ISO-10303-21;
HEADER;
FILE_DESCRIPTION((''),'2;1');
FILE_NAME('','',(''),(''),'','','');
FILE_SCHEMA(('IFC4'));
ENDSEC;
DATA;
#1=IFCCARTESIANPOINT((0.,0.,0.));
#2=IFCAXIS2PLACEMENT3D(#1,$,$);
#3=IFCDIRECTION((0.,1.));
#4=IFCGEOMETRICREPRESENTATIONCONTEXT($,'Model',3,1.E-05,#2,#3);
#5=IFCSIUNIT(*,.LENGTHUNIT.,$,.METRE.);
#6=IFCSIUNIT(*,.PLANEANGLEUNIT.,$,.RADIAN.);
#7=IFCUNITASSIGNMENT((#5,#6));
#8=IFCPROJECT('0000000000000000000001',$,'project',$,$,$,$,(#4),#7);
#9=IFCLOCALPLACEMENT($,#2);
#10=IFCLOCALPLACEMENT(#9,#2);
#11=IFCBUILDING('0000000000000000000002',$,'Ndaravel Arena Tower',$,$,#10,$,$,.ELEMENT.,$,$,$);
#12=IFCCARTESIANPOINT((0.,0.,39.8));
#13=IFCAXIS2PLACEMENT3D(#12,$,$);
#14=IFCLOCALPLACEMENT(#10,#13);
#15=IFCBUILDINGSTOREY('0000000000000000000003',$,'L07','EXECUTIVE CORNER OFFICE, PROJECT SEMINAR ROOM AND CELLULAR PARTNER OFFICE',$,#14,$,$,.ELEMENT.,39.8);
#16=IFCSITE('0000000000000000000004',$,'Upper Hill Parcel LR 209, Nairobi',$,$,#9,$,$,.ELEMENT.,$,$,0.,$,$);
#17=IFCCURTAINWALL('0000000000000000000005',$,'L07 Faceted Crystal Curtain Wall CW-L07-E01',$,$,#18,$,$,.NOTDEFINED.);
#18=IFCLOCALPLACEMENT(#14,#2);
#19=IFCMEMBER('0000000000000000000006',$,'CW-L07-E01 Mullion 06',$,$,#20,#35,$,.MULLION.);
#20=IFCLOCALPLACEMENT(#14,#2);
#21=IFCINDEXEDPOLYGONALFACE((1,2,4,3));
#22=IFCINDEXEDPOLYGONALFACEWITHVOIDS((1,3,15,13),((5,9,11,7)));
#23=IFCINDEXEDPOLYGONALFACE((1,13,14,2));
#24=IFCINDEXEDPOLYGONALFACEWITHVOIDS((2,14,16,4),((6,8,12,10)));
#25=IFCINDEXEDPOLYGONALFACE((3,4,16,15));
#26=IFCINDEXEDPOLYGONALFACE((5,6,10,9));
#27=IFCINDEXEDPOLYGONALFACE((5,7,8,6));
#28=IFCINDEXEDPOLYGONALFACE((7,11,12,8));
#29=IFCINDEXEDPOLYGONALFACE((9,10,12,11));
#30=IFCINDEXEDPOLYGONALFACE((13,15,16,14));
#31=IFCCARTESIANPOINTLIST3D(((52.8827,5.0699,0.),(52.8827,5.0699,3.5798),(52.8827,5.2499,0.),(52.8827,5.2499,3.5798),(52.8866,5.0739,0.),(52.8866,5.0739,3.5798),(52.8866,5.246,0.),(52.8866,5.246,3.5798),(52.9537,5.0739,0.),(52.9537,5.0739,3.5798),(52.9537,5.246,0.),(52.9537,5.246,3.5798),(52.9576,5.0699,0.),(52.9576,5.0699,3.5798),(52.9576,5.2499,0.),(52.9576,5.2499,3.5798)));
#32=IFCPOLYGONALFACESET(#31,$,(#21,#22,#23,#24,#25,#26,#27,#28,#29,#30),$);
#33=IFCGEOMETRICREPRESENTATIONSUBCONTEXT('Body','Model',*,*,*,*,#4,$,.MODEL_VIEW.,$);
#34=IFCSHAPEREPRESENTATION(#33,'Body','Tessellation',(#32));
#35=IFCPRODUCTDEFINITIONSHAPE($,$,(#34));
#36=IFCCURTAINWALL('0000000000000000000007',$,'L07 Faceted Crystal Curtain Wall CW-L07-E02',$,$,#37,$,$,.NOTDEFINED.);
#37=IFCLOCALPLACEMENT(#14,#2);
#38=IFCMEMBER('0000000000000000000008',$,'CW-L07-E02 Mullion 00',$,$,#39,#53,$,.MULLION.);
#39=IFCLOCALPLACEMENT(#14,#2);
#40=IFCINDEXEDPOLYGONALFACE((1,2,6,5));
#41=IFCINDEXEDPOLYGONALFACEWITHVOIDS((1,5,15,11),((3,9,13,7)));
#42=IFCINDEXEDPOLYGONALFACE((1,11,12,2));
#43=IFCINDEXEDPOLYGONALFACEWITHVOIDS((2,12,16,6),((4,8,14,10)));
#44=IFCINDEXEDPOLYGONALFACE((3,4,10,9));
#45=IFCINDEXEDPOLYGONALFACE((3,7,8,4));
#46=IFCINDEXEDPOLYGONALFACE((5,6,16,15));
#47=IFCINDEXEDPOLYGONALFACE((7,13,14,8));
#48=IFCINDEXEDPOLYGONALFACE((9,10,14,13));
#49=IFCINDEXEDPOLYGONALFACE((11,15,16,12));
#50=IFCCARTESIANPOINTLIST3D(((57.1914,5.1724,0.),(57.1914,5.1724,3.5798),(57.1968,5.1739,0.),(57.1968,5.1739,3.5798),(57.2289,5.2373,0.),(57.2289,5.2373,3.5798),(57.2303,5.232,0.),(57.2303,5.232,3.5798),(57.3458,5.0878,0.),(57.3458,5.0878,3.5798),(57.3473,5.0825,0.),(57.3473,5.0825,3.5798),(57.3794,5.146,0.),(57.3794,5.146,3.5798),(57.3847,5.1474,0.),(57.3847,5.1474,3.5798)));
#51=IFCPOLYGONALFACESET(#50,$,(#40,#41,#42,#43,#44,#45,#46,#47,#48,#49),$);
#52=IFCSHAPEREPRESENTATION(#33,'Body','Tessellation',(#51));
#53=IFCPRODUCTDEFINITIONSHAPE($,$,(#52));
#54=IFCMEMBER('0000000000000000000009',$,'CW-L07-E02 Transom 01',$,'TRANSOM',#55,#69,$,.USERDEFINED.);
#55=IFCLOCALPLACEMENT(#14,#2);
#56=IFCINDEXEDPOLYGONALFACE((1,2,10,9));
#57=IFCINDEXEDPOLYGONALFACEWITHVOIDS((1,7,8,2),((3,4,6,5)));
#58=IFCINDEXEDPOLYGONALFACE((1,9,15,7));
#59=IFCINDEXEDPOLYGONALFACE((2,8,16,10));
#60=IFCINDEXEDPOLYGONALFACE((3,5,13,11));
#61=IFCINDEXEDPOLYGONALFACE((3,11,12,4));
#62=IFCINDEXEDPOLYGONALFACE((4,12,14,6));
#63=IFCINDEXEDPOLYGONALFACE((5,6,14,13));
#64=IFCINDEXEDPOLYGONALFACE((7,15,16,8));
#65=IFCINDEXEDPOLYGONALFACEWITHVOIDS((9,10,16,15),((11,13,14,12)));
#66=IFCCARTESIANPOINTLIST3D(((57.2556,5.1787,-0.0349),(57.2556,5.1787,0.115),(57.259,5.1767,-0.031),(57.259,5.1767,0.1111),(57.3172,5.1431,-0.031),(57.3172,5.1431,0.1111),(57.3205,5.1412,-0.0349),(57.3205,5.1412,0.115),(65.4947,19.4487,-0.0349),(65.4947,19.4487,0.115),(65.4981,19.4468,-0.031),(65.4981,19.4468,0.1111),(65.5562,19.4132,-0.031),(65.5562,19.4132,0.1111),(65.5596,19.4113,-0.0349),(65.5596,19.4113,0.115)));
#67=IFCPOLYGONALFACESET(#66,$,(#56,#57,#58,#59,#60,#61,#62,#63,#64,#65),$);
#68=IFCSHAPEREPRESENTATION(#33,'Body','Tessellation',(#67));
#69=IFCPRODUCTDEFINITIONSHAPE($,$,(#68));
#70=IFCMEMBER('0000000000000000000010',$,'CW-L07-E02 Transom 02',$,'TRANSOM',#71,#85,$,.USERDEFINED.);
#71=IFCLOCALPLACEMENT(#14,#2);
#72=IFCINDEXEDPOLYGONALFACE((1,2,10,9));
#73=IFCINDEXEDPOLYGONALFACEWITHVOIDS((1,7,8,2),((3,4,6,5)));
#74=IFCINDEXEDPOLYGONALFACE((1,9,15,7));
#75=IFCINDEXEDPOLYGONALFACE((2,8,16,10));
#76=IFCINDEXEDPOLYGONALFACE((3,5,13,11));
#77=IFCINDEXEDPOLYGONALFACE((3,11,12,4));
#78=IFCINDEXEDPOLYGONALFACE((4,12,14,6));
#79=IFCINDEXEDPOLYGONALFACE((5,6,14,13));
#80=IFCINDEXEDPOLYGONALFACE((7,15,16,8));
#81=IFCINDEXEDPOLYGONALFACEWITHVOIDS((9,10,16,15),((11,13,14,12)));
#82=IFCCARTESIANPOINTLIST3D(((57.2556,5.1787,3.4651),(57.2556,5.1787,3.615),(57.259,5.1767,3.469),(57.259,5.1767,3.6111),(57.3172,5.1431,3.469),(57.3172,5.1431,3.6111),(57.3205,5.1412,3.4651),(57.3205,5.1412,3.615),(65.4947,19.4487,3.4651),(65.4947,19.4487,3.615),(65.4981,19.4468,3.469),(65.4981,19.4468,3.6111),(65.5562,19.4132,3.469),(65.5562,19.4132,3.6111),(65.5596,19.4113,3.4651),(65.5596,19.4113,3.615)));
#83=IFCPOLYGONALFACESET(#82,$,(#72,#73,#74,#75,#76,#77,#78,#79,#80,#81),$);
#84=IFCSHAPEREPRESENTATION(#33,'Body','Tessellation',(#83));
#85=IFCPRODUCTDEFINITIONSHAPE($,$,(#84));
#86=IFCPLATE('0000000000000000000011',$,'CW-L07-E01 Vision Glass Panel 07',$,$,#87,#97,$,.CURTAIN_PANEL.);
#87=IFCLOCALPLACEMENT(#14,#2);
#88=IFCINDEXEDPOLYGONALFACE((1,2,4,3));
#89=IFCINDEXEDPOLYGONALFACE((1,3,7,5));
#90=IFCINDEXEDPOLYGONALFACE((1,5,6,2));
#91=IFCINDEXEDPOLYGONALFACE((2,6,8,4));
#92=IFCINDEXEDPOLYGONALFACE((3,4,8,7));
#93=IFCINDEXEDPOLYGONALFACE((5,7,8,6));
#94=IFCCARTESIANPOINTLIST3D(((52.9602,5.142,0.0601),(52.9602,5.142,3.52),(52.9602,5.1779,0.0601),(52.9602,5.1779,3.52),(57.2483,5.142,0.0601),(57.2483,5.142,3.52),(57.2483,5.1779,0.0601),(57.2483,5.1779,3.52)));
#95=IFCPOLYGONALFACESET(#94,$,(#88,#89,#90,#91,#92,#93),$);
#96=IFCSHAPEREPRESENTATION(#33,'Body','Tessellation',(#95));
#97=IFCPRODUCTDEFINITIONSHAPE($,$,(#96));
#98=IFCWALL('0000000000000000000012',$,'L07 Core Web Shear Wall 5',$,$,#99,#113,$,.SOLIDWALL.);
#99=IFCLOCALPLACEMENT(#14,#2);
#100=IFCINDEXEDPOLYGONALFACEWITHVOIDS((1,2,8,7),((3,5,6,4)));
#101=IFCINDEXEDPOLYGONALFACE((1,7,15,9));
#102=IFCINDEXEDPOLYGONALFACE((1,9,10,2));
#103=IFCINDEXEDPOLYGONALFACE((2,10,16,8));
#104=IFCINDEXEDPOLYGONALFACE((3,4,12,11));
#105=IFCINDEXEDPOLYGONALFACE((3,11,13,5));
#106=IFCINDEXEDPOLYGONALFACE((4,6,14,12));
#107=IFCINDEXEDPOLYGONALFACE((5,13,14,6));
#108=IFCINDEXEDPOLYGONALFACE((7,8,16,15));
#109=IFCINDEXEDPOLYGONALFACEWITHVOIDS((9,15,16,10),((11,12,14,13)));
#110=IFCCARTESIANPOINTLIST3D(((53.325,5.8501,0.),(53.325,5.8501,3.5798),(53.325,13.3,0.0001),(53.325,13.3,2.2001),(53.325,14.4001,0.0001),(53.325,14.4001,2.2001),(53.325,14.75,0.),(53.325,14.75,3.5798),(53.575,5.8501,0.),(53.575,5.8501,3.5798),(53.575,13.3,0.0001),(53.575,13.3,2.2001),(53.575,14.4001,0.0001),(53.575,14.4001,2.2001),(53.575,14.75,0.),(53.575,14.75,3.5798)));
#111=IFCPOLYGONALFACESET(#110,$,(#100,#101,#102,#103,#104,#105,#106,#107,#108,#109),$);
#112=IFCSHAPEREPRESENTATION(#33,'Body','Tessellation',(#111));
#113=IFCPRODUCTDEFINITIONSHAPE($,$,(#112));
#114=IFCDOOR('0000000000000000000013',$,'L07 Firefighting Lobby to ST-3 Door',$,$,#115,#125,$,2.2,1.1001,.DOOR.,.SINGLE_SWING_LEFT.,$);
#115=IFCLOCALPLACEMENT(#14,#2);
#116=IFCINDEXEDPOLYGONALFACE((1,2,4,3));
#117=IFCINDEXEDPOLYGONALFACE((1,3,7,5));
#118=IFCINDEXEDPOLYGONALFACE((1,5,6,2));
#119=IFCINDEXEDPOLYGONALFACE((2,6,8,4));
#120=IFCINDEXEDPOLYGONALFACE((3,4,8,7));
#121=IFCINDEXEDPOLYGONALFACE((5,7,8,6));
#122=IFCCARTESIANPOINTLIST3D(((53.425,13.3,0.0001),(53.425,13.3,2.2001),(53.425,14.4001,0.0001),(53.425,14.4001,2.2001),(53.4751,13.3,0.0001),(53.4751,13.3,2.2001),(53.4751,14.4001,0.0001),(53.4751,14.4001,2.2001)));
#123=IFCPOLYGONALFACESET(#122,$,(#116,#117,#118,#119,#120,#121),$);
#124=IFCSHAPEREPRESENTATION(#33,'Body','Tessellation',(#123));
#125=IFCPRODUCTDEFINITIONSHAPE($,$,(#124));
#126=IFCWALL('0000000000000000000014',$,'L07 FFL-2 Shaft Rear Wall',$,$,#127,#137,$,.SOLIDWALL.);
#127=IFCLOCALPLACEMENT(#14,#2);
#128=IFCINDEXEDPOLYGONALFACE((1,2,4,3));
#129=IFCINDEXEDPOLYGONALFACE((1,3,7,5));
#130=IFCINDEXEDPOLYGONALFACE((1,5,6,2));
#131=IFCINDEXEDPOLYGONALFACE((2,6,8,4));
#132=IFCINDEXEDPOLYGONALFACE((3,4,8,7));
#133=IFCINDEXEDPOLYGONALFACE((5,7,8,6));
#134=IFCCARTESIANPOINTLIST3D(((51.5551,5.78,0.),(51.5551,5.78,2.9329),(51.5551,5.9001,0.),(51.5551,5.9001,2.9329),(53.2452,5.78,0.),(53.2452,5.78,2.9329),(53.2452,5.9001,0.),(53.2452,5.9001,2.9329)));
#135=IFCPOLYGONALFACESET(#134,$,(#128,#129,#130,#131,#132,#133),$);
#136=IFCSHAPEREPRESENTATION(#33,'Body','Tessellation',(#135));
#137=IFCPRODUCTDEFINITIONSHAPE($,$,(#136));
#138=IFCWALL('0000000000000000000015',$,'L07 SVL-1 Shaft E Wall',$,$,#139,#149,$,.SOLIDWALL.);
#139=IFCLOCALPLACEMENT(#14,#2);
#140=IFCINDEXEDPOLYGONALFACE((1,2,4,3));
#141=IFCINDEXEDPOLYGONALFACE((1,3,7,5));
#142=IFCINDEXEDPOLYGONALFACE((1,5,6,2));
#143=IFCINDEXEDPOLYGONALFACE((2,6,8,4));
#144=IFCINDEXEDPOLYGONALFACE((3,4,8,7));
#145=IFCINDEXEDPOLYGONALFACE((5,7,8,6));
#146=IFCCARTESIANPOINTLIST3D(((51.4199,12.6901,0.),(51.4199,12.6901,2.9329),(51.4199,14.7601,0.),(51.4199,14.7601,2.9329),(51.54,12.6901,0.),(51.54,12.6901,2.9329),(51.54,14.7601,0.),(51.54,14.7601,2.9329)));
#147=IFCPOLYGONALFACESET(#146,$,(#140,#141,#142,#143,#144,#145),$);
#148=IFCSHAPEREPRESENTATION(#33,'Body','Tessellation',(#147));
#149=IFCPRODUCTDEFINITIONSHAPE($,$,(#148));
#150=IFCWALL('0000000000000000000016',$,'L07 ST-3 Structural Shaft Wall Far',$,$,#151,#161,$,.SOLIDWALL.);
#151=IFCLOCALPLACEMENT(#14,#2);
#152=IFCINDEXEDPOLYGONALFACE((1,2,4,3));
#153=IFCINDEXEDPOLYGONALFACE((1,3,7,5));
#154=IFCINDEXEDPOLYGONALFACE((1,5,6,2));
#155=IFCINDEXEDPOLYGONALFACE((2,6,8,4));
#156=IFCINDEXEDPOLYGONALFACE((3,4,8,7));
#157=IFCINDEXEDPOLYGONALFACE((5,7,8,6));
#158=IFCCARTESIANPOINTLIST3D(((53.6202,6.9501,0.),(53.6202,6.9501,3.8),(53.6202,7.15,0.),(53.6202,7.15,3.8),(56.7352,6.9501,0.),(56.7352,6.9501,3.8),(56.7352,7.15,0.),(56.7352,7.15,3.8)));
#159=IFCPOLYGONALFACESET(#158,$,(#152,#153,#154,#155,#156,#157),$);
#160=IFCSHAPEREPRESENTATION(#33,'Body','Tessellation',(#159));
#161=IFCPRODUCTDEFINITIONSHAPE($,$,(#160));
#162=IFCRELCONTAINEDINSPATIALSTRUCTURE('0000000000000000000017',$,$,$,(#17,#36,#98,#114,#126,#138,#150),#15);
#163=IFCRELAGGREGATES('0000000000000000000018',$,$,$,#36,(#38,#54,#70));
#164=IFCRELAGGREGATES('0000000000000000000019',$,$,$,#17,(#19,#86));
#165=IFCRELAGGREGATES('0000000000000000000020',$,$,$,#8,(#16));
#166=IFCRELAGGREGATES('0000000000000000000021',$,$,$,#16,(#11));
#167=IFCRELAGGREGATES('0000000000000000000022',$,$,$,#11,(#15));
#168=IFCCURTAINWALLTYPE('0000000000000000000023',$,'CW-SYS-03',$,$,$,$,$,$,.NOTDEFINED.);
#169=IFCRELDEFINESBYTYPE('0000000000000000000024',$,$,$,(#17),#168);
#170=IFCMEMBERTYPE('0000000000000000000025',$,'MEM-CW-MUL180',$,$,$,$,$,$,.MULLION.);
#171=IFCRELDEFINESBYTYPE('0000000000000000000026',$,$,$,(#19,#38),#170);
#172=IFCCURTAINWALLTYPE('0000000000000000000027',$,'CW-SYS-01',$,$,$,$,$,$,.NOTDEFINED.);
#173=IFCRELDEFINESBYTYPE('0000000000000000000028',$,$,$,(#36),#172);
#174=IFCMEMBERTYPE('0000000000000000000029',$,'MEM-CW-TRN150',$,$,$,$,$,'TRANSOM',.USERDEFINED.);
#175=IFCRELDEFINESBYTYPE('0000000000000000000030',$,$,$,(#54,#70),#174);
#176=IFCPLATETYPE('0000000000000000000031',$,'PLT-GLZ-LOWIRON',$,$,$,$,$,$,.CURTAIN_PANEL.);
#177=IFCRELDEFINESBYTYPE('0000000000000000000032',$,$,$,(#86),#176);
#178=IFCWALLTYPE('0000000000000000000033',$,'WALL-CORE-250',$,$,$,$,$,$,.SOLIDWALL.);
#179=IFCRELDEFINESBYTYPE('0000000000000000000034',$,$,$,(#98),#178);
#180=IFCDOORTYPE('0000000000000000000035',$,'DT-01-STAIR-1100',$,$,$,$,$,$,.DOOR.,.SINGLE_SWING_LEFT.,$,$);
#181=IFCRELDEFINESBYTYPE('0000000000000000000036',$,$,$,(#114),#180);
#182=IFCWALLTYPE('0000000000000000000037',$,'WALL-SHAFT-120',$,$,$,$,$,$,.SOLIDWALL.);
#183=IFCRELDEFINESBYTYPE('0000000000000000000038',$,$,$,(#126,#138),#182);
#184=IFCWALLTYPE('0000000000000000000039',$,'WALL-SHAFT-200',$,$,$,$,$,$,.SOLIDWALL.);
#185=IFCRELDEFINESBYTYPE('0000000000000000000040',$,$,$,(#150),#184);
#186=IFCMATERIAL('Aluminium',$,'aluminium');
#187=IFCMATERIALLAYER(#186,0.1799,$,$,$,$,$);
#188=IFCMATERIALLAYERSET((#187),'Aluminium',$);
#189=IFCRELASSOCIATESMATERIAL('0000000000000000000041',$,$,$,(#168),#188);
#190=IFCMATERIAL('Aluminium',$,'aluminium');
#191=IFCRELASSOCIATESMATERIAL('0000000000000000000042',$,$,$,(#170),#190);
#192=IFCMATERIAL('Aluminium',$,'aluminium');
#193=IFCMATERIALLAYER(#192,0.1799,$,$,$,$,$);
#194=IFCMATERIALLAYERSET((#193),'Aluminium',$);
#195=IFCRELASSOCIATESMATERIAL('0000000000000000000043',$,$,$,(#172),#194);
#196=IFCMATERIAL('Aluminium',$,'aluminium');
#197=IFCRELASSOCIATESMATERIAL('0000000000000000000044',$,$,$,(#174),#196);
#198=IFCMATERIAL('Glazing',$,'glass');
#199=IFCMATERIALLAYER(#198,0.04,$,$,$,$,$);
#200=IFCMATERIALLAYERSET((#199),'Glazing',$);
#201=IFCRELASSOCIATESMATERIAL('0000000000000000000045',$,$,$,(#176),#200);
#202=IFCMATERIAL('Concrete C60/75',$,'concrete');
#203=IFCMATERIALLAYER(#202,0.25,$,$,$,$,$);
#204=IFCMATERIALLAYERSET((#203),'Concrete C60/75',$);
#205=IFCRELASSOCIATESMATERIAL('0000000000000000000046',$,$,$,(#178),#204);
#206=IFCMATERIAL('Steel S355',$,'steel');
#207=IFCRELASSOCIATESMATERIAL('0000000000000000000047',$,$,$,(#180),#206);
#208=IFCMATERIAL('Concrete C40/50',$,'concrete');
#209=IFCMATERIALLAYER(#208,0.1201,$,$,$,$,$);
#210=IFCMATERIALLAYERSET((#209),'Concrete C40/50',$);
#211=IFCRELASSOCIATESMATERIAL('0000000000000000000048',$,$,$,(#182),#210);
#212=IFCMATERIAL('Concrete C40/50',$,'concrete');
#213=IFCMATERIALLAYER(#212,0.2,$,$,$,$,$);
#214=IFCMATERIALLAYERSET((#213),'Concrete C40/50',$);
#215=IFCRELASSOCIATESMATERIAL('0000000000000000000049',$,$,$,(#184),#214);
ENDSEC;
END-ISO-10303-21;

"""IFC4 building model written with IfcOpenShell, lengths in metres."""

from ifc_helpers import new_model, si_unit, direction, frame, frame_2d, origin, origin_2d, place, context, subcontext, project, spatial, rectangle, hollow_rectangle, extrude, material, layer, layer_set, material_profile, profile_set, type_object, element, fill, aggregate, save


model = new_model("IFC4")

# Units and contexts
model_context = context("Model", 3, precision=1e-05, world=origin(), true_north=direction((0.0, 1.0)))
body_context = subcontext(model_context, "Body", "Model", "MODEL_VIEW")
ifc_project = project(units=[si_unit("LENGTHUNIT", "METRE"), si_unit("PLANEANGLEUNIT", "RADIAN")], contexts=[model_context])

# Site, building, storey
site_placement = place(None, origin())
site = spatial("IfcSite", under=ifc_project, at=site_placement, Name="Upper Hill Parcel LR 209, Nairobi", CompositionType="ELEMENT", RefElevation=0.0)
building_placement = place(site_placement, origin())
building = spatial("IfcBuilding", under=site, at=building_placement, Name="Ndaravel Arena Tower", CompositionType="ELEMENT")
storey_placement = place(building_placement, frame((0.0, 0.0, 39.8)))
storey = spatial("IfcBuildingStorey", under=building, at=storey_placement, Name="L07", Description="EXECUTIVE CORNER OFFICE, PROJECT SEMINAR ROOM AND CELLULAR PARTNER OFFICE", CompositionType="ELEMENT", Elevation=39.8)

# Curtain wall, member
ifc_material_1 = material(Name="Aluminium", Category="aluminium")
ifc_layer_1 = layer(ifc_material_1, 0.1799)
ifc_layer_set_1 = layer_set([ifc_layer_1], Name="Aluminium")
curtain_wall_type_1 = type_object("IfcCurtainWallType", Name="CW-SYS-03", PredefinedType="NOTDEFINED", material=ifc_layer_set_1)
curtain_wall_1_placement = place(storey_placement, origin())
curtain_wall_1 = element("IfcCurtainWall", 1, at=curtain_wall_1_placement, inside=storey, type_object=curtain_wall_type_1, Name="L07 Faceted Crystal Curtain Wall CW-L07-E01", PredefinedType="NOTDEFINED")
ifc_material_2 = material(Name="Aluminium", Category="aluminium")
ifc_material_profile_1 = material_profile(ifc_material_2, hollow_rectangle(XDim=0.075, YDim=0.1799, WallThickness=0.0039, at=origin_2d()), Name="CW MULLION 75x180x4")
ifc_profile_set_1 = profile_set([ifc_material_profile_1], Name="Aluminium")
member_type_1 = type_object("IfcMemberType", Name="MEM-CW-MUL180", PredefinedType="MULLION", material=ifc_profile_set_1)
member_1_placement = place(storey_placement, frame((52.9202, 5.1599, 0.0), z_axis=(0.0, 0.0, 1.0), x_axis=(1.0, 0.0, 0.0)))
member_1 = element("IfcMember", 2, at=member_1_placement, type_object=member_type_1, Name="CW-L07-E01 Mullion 06", PredefinedType="MULLION", context=body_context, shape_type="SweptSolid", body=[
    extrude(hollow_rectangle(XDim=0.075, YDim=0.1799, WallThickness=0.0039, at=origin_2d()), origin(), (0.0, 0.0, 1.0), 3.5798),
])

# Curtain wall, members
ifc_material_3 = material(Name="Aluminium", Category="aluminium")
ifc_layer_2 = layer(ifc_material_3, 0.1799)
ifc_layer_set_2 = layer_set([ifc_layer_2], Name="Aluminium")
curtain_wall_type_2 = type_object("IfcCurtainWallType", Name="CW-SYS-01", PredefinedType="NOTDEFINED", material=ifc_layer_set_2)
curtain_wall_2_placement = place(storey_placement, origin())
curtain_wall_2 = element("IfcCurtainWall", 3, at=curtain_wall_2_placement, inside=storey, type_object=curtain_wall_type_2, Name="L07 Faceted Crystal Curtain Wall CW-L07-E02", PredefinedType="NOTDEFINED")
member_2_placement = place(storey_placement, frame((57.2881, 5.1599, 0.0), z_axis=(0.0, 0.0, 1.0), x_axis=(0.5, 0.866025, 0.0)))
member_2 = element("IfcMember", 4, at=member_2_placement, type_object=member_type_1, Name="CW-L07-E02 Mullion 00", PredefinedType="MULLION", context=body_context, shape_type="SweptSolid", body=[
    extrude(hollow_rectangle(XDim=0.075, YDim=0.1799, WallThickness=0.0039, at=origin_2d()), origin(), (0.0, 0.0, 1.0), 3.5798),
])
ifc_material_4 = material(Name="Aluminium", Category="aluminium")
ifc_material_profile_2 = material_profile(ifc_material_4, hollow_rectangle(XDim=0.075, YDim=0.1499, WallThickness=0.0039, at=origin_2d()), Name="CW TRANSOM 75x150x4")
ifc_profile_set_2 = profile_set([ifc_material_profile_2], Name="Aluminium")
member_type_2 = type_object("IfcMemberType", Name="MEM-CW-TRN150", ElementType="TRANSOM", PredefinedType="USERDEFINED", material=ifc_profile_set_2)
member_3_placement = place(storey_placement, frame((57.2881, 5.1599, 0.04), z_axis=(0.50001, 0.86602, 0.0), x_axis=(-0.86602, 0.50001, 0.0)))
member_3 = element("IfcMember", 5, at=member_3_placement, type_object=member_type_2, Name="CW-L07-E02 Transom 01", ObjectType="TRANSOM", PredefinedType="USERDEFINED", context=body_context, shape_type="SweptSolid", body=[
    extrude(hollow_rectangle(XDim=0.075, YDim=0.1499, WallThickness=0.0039, at=origin_2d()), origin(), (0.0, 0.0, 1.0), 16.4778),
])
member_4_placement = place(storey_placement, frame((57.2881, 5.1599, 3.54), z_axis=(0.50001, 0.86602, 0.0), x_axis=(-0.86602, 0.50001, 0.0)))
member_4 = element("IfcMember", 6, at=member_4_placement, type_object=member_type_2, Name="CW-L07-E02 Transom 02", ObjectType="TRANSOM", PredefinedType="USERDEFINED", context=body_context, shape_type="SweptSolid", body=[
    extrude(hollow_rectangle(XDim=0.075, YDim=0.1499, WallThickness=0.0039, at=origin_2d()), origin(), (0.0, 0.0, 1.0), 16.4778),
])
aggregate(curtain_wall_2, [member_2, member_3, member_4])

# Plate
ifc_material_5 = material(Name="Glazing", Category="glass")
ifc_layer_3 = layer(ifc_material_5, 0.04)
ifc_layer_set_3 = layer_set([ifc_layer_3], Name="Glazing")
plate_type = type_object("IfcPlateType", Name="PLT-GLZ-LOWIRON", PredefinedType="CURTAIN_PANEL", material=ifc_layer_set_3)
plate_placement = place(storey_placement, frame((55.1042, 5.1599, 0.0601), z_axis=(0.0, 0.0, 1.0), x_axis=(1.0, 0.0, 0.0)))
plate = element("IfcPlate", 7, at=plate_placement, type_object=plate_type, Name="CW-L07-E01 Vision Glass Panel 07", PredefinedType="CURTAIN_PANEL", context=body_context, shape_type="SweptSolid", body=[
    extrude(rectangle(XDim=4.2881, YDim=0.0359, at=origin_2d()), origin(), (0.0, 0.0, 1.0), 3.46),
])
aggregate(curtain_wall_1, [member_1, plate])

# Wall, opening, door
ifc_material_6 = material(Name="Concrete C60/75", Category="concrete")
ifc_layer_4 = layer(ifc_material_6, 0.25)
ifc_layer_set_4 = layer_set([ifc_layer_4], Name="Concrete C60/75")
wall_type_1 = type_object("IfcWallType", Name="WALL-CORE-250", PredefinedType="SOLIDWALL", material=ifc_layer_set_4)
wall_1_placement = place(storey_placement, frame((53.45, 5.8501, 0.0), z_axis=(0.0, 0.0, 1.0), x_axis=(0.0, 1.0, 0.0)))
wall_1 = element("IfcWall", 8, at=wall_1_placement, inside=storey, type_object=wall_type_1, Name="L07 Core Web Shear Wall 5", PredefinedType="SOLIDWALL", context=body_context, shape_type="SweptSolid", body=[
    extrude(rectangle(XDim=8.8999, YDim=0.25, at=frame_2d((4.45, 0.0))), origin(), (0.0, 0.0, 1.0), 3.5798),
])
opening_1_placement = place(wall_1_placement, frame((7.45, 0.0, 0.0)))
opening_1 = element("IfcOpeningElement", 9, at=opening_1_placement, cuts=wall_1, PredefinedType="OPENING", context=body_context, shape_type="SweptSolid", body=[
    extrude(rectangle(XDim=1.1001, YDim=2.2, at=frame_2d((0.55, 1.1001))), frame((0.0, 0.125, 0.0), z_axis=(0.0, -1.0, 0.0), x_axis=(1.0, 0.0, 0.0)), (0.0, 0.0, 1.0), 0.25),
])
ifc_material_7 = material(Name="Steel S355", Category="steel")
door_type_1 = type_object("IfcDoorType", Name="DT-01-STAIR-1100", OperationType="SINGLE_SWING_LEFT", PredefinedType="DOOR", material=ifc_material_7)
door_1_placement = place(opening_1_placement, origin())
door_1 = element("IfcDoor", 10, at=door_1_placement, inside=storey, type_object=door_type_1, Name="L07 Firefighting Lobby to ST-3 Door", OperationType="SINGLE_SWING_LEFT", OverallHeight=2.2, OverallWidth=1.1001, PredefinedType="DOOR", context=body_context, shape_type="SweptSolid", body=[
    extrude(rectangle(XDim=1.1001, YDim=2.2, at=frame_2d((0.55, 1.1001))), frame((0.0, 0.0249, 0.0), z_axis=(0.0, -1.0, 0.0), x_axis=(1.0, 0.0, 0.0)), (0.0, 0.0, 1.0), 0.05),
])
fill(opening_1, door_1)

# Walls
ifc_material_8 = material(Name="Concrete C40/50", Category="concrete")
ifc_layer_5 = layer(ifc_material_8, 0.1201)
ifc_layer_set_5 = layer_set([ifc_layer_5], Name="Concrete C40/50")
wall_type_2 = type_object("IfcWallType", Name="WALL-SHAFT-120", PredefinedType="SOLIDWALL", material=ifc_layer_set_5)
wall_2_placement = place(storey_placement, frame((51.5549, 5.8401, 0.0), z_axis=(0.0, 0.0, 1.0), x_axis=(1.0, 0.0, 0.0)))
element("IfcWall", 11, at=wall_2_placement, inside=storey, type_object=wall_type_2, Name="L07 FFL-2 Shaft Rear Wall", PredefinedType="SOLIDWALL", context=body_context, shape_type="SweptSolid", body=[
    extrude(rectangle(XDim=1.6902, YDim=0.1201, at=frame_2d((0.8452, 0.0))), origin(), (0.0, 0.0, 1.0), 2.9329),
])
wall_3_placement = place(storey_placement, frame((51.48, 12.6899, 0.0), z_axis=(0.0, 0.0, 1.0), x_axis=(0.0, 1.0, 0.0)))
element("IfcWall", 12, at=wall_3_placement, inside=storey, type_object=wall_type_2, Name="L07 SVL-1 Shaft E Wall", PredefinedType="SOLIDWALL", context=body_context, shape_type="SweptSolid", body=[
    extrude(rectangle(XDim=2.0701, YDim=0.1201, at=frame_2d((1.0352, 0.0))), origin(), (0.0, 0.0, 1.0), 2.9329),
])
ifc_material_9 = material(Name="Concrete C40/50", Category="concrete")
ifc_layer_6 = layer(ifc_material_9, 0.2)
ifc_layer_set_6 = layer_set([ifc_layer_6], Name="Concrete C40/50")
wall_type_3 = type_object("IfcWallType", Name="WALL-SHAFT-200", PredefinedType="SOLIDWALL", material=ifc_layer_set_6)
wall_4_placement = place(storey_placement, frame((53.6201, 7.05, 0.0), z_axis=(0.0, 0.0, 1.0), x_axis=(1.0, 0.0, 0.0)))
element("IfcWall", 13, at=wall_4_placement, inside=storey, type_object=wall_type_3, Name="L07 ST-3 Structural Shaft Wall Far", PredefinedType="SOLIDWALL", context=body_context, shape_type="SweptSolid", body=[
    extrude(rectangle(XDim=3.115, YDim=0.2, at=frame_2d((1.5576, 0.0))), origin(), (0.0, 0.0, 1.0), 3.8),
])

save(model, "model.ifc")
